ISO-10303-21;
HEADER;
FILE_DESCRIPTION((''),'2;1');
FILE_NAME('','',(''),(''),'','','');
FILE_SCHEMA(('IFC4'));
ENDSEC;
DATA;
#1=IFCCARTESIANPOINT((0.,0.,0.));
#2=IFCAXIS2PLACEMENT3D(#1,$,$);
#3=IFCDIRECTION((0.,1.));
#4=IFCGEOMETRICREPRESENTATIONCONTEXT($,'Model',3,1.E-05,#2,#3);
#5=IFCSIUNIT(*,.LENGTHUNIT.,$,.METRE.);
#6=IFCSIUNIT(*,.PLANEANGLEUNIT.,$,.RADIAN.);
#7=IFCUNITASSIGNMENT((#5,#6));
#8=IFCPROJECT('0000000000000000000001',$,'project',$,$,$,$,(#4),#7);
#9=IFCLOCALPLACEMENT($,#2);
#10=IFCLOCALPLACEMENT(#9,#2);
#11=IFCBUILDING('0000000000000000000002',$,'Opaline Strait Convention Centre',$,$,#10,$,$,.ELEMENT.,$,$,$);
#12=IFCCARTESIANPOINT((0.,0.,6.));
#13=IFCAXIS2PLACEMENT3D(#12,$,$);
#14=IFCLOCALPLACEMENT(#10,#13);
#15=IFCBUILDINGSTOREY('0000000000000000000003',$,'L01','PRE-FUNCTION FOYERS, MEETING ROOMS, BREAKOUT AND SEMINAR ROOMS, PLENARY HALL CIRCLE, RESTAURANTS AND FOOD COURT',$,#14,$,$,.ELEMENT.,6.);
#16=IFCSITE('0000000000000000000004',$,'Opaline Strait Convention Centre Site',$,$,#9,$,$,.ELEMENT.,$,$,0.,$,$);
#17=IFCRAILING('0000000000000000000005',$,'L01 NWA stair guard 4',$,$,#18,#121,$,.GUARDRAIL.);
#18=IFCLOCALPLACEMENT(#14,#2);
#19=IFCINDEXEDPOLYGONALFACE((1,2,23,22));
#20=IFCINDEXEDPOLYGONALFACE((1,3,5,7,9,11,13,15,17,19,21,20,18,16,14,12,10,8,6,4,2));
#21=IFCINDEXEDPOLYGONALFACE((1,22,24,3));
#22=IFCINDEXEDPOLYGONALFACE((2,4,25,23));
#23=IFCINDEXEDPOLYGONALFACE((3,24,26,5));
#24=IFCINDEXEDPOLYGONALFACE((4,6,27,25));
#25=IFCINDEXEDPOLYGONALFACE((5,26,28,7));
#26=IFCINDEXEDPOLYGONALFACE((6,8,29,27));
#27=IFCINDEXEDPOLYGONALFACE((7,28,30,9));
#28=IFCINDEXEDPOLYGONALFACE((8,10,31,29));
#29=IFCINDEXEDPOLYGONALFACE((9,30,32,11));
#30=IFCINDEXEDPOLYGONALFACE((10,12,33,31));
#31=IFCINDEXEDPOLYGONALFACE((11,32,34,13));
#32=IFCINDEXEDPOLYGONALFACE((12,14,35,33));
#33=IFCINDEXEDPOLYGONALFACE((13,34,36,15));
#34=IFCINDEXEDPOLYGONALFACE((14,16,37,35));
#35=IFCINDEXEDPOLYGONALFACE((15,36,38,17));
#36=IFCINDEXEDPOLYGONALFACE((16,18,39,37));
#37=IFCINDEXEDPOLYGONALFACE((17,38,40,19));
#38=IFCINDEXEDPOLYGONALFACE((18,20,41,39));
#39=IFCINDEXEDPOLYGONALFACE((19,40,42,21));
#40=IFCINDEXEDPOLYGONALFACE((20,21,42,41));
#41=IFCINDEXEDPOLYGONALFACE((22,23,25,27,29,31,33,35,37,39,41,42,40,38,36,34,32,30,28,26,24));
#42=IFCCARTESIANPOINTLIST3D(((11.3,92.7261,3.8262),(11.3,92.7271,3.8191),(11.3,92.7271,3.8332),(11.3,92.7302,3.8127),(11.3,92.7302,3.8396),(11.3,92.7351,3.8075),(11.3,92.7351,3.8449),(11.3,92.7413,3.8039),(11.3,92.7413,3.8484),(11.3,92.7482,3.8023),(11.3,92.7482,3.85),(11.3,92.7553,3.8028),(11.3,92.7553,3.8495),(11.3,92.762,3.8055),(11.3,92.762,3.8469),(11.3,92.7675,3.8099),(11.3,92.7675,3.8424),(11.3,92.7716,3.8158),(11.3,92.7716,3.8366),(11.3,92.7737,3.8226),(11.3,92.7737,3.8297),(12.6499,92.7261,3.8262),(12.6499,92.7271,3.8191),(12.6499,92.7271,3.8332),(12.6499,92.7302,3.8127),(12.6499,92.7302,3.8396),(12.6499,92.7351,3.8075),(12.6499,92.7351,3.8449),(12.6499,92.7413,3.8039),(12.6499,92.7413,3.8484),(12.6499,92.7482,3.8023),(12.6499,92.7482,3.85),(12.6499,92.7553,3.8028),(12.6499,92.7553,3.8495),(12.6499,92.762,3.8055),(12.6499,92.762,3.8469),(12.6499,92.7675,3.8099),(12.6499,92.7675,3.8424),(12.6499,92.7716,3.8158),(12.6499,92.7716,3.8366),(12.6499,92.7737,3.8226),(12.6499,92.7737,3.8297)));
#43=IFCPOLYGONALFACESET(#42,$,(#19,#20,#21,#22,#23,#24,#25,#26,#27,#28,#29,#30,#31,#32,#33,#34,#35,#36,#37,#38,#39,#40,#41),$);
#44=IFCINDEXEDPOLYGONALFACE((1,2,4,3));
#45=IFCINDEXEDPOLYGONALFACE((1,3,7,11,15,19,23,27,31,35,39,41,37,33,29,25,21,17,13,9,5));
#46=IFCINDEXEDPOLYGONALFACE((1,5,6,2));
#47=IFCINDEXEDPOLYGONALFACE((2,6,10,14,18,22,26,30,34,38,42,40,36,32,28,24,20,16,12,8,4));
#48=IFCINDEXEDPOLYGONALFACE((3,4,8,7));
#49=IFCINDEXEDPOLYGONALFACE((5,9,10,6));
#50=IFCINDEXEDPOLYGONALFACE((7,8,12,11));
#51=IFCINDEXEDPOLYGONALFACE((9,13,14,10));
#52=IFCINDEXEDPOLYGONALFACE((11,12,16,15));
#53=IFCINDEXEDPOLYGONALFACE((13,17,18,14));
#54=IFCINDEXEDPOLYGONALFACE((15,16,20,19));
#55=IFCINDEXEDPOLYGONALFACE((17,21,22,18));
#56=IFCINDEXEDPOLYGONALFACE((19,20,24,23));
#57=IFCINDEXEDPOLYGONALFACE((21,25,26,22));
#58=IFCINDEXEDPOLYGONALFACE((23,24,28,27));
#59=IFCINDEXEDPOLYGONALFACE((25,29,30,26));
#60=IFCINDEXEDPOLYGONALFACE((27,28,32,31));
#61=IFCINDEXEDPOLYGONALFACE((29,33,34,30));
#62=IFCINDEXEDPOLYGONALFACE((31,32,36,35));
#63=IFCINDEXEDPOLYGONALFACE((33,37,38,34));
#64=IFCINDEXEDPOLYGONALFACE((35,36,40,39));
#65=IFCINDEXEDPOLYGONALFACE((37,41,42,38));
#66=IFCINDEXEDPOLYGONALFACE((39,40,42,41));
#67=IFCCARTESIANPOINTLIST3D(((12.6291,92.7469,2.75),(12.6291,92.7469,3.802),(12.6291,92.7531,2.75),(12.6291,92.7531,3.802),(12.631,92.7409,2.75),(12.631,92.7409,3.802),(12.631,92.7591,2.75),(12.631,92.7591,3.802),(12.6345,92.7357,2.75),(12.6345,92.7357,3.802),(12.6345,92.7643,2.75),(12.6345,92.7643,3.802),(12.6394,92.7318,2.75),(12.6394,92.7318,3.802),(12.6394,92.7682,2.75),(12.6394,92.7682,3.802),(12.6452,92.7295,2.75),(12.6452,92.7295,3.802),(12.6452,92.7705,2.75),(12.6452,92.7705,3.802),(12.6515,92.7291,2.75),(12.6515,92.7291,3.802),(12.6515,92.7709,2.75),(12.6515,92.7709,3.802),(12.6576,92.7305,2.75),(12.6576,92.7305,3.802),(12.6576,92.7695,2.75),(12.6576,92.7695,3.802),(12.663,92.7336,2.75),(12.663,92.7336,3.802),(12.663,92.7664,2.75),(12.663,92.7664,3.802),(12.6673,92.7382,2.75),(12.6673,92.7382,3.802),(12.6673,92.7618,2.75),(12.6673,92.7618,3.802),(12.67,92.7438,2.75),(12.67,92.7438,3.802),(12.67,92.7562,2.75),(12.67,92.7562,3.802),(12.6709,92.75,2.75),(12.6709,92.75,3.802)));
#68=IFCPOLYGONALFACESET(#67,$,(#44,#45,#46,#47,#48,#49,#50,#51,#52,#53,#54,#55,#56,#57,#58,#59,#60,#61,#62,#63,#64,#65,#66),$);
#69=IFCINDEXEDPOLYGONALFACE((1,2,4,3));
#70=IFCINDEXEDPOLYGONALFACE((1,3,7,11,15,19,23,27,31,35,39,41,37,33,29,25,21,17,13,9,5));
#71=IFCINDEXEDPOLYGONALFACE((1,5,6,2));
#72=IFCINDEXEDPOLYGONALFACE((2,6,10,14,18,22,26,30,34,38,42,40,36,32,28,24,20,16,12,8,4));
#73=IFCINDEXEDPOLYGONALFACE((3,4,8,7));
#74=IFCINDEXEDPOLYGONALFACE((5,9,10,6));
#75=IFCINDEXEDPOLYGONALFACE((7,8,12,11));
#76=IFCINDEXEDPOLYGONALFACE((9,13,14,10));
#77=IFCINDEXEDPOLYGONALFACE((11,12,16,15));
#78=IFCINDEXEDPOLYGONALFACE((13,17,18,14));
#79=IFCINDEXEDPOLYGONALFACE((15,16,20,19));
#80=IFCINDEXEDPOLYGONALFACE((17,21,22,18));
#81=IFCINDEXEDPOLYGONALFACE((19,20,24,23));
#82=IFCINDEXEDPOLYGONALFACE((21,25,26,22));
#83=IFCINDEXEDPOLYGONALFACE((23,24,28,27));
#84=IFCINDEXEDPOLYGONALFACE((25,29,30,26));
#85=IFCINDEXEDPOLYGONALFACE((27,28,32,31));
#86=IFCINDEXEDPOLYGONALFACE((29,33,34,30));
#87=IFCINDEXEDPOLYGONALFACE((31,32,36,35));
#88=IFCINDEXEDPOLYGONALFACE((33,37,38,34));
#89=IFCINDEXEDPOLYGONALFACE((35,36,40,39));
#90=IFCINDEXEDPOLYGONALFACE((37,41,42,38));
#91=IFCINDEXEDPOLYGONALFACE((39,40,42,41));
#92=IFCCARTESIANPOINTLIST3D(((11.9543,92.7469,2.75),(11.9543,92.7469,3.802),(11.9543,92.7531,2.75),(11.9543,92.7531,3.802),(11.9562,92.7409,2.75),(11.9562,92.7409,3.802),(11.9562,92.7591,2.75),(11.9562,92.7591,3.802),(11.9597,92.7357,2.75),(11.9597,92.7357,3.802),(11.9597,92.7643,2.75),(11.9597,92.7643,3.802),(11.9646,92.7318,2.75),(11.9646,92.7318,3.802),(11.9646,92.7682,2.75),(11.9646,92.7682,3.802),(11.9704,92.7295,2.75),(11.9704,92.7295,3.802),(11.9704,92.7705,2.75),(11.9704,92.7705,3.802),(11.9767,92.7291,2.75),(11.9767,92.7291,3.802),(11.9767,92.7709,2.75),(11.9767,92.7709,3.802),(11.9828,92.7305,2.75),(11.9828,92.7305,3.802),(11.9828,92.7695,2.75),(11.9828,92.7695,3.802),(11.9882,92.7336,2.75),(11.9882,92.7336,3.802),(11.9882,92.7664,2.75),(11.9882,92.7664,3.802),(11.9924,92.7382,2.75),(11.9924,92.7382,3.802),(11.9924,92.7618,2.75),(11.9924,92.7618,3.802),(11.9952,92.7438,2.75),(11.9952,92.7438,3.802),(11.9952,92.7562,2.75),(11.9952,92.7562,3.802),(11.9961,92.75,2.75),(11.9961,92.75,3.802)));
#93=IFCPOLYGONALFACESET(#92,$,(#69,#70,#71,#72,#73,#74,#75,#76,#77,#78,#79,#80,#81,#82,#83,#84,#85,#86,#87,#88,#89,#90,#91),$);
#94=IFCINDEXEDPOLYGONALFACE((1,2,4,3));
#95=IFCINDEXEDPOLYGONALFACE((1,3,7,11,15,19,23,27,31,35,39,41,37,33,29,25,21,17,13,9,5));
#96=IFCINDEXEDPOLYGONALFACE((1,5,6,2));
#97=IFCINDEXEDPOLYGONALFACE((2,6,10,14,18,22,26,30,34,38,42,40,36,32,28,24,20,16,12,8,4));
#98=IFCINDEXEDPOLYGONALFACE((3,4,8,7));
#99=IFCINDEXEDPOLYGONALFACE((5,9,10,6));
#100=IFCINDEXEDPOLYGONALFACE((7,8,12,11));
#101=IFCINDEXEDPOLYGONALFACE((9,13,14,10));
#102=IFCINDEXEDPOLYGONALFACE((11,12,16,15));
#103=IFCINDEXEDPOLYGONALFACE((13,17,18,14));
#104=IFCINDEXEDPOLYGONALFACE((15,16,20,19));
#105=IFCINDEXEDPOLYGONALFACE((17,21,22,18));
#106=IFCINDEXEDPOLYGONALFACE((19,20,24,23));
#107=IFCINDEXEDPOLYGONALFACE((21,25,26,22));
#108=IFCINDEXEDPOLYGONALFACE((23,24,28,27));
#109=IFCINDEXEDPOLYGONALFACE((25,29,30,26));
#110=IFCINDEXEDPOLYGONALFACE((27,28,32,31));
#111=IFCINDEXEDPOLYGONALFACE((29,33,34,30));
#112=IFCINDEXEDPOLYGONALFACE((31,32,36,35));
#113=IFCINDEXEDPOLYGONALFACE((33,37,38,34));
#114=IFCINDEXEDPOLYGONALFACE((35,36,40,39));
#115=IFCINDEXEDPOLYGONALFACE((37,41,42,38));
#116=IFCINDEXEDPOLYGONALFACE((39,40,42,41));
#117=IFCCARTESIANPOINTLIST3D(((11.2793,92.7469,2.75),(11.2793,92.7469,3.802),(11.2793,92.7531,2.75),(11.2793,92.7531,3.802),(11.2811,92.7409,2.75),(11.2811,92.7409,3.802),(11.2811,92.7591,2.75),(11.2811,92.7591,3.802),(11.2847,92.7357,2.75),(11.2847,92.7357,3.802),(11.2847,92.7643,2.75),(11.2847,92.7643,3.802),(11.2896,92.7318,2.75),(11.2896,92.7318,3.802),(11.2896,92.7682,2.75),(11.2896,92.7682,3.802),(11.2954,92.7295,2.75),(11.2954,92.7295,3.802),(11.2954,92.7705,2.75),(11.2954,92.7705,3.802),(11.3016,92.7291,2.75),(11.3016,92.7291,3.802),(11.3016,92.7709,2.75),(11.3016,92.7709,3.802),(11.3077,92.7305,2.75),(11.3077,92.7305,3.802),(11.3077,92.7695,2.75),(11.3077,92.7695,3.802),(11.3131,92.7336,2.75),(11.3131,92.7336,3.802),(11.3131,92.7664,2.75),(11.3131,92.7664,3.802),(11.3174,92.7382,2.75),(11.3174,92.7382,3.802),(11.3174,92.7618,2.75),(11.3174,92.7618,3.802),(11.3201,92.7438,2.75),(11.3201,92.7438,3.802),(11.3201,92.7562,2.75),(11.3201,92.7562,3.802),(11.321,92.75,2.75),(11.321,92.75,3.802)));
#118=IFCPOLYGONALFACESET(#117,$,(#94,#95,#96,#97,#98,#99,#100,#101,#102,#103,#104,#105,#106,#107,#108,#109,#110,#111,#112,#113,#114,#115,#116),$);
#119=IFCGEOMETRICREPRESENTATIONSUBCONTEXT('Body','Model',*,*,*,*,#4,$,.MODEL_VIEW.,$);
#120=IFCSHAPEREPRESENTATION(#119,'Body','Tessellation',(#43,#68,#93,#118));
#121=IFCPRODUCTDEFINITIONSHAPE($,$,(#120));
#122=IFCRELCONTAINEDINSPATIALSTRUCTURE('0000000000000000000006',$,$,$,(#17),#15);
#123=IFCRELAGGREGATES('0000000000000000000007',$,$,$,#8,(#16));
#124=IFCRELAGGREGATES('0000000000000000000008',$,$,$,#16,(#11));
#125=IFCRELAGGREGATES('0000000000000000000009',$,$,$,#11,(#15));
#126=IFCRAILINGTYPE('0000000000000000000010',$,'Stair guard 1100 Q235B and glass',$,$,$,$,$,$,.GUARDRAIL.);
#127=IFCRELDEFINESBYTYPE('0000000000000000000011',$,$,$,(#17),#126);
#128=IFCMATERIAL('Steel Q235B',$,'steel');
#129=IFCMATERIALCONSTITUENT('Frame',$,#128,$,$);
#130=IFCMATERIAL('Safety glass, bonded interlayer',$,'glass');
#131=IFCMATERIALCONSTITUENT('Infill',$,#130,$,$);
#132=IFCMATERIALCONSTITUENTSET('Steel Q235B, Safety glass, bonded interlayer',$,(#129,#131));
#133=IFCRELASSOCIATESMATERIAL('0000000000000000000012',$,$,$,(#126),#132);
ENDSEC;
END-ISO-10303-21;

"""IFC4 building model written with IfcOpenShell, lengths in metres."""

from ifc_helpers import new_model, si_unit, direction, frame, origin, origin_2d, place, context, subcontext, project, spatial, circle, extrude, material, constituent, constituent_set, type_object, element, save


model = new_model("IFC4")

# Units and contexts
model_context = context("Model", 3, precision=1e-05, world=origin(), true_north=direction((0.0, 1.0)))
body_context = subcontext(model_context, "Body", "Model", "MODEL_VIEW")
ifc_project = project(units=[si_unit("LENGTHUNIT", "METRE"), si_unit("PLANEANGLEUNIT", "RADIAN")], contexts=[model_context])

# Site, building, storey
site_placement = place(None, origin())
site = spatial("IfcSite", under=ifc_project, at=site_placement, Name="Opaline Strait Convention Centre Site", CompositionType="ELEMENT", RefElevation=0.0)
building_placement = place(site_placement, origin())
building = spatial("IfcBuilding", under=site, at=building_placement, Name="Opaline Strait Convention Centre", CompositionType="ELEMENT")
storey_placement = place(building_placement, frame((0.0, 0.0, 6.0)))
storey = spatial("IfcBuildingStorey", under=building, at=storey_placement, Name="L01", Description="PRE-FUNCTION FOYERS, MEETING ROOMS, BREAKOUT AND SEMINAR ROOMS, PLENARY HALL CIRCLE, RESTAURANTS AND FOOD COURT", CompositionType="ELEMENT", Elevation=6.0)

# Railing
ifc_material_1 = material(Name="Steel Q235B", Category="steel")
ifc_constituent_1 = constituent(ifc_material_1, Name="Frame")
ifc_material_2 = material(Name="Safety glass, bonded interlayer", Category="glass")
ifc_constituent_2 = constituent(ifc_material_2, Name="Infill")
ifc_constituent_set = constituent_set(constituents=[ifc_constituent_1, ifc_constituent_2], Name="Steel Q235B, Safety glass, bonded interlayer")
railing_type_1 = type_object("IfcRailingType", Name="Stair guard 1100 Q235B and glass", PredefinedType="GUARDRAIL", material=ifc_constituent_set)
railing_1_placement = place(storey_placement, frame((12.6499, 92.75, 2.75)))
element("IfcRailing", 1, at=railing_1_placement, inside=storey, type_object=railing_type_1, Name="L01 NWA stair guard 4", PredefinedType="GUARDRAIL", context=body_context, shape_type="SweptSolid", body=[
    extrude(circle(Radius=0.0239, at=origin_2d()), frame((0.0, 0.0, 1.0762), z_axis=(-1.0, 0.0, 0.0), x_axis=(0.0, -1.0, 0.0)), (0.0, 0.0, 1.0), 1.3499),
    extrude(circle(Radius=0.021, at=origin_2d()), origin(), (0.0, 0.0, 1.0), 1.052),
    extrude(circle(Radius=0.021, at=origin_2d()), frame((-0.6748, 0.0, 0.0)), (0.0, 0.0, 1.0), 1.052),
    extrude(circle(Radius=0.021, at=origin_2d()), frame((-1.3499, 0.0, 0.0)), (0.0, 0.0, 1.0), 1.052),
])

save(model, "model.ifc")
